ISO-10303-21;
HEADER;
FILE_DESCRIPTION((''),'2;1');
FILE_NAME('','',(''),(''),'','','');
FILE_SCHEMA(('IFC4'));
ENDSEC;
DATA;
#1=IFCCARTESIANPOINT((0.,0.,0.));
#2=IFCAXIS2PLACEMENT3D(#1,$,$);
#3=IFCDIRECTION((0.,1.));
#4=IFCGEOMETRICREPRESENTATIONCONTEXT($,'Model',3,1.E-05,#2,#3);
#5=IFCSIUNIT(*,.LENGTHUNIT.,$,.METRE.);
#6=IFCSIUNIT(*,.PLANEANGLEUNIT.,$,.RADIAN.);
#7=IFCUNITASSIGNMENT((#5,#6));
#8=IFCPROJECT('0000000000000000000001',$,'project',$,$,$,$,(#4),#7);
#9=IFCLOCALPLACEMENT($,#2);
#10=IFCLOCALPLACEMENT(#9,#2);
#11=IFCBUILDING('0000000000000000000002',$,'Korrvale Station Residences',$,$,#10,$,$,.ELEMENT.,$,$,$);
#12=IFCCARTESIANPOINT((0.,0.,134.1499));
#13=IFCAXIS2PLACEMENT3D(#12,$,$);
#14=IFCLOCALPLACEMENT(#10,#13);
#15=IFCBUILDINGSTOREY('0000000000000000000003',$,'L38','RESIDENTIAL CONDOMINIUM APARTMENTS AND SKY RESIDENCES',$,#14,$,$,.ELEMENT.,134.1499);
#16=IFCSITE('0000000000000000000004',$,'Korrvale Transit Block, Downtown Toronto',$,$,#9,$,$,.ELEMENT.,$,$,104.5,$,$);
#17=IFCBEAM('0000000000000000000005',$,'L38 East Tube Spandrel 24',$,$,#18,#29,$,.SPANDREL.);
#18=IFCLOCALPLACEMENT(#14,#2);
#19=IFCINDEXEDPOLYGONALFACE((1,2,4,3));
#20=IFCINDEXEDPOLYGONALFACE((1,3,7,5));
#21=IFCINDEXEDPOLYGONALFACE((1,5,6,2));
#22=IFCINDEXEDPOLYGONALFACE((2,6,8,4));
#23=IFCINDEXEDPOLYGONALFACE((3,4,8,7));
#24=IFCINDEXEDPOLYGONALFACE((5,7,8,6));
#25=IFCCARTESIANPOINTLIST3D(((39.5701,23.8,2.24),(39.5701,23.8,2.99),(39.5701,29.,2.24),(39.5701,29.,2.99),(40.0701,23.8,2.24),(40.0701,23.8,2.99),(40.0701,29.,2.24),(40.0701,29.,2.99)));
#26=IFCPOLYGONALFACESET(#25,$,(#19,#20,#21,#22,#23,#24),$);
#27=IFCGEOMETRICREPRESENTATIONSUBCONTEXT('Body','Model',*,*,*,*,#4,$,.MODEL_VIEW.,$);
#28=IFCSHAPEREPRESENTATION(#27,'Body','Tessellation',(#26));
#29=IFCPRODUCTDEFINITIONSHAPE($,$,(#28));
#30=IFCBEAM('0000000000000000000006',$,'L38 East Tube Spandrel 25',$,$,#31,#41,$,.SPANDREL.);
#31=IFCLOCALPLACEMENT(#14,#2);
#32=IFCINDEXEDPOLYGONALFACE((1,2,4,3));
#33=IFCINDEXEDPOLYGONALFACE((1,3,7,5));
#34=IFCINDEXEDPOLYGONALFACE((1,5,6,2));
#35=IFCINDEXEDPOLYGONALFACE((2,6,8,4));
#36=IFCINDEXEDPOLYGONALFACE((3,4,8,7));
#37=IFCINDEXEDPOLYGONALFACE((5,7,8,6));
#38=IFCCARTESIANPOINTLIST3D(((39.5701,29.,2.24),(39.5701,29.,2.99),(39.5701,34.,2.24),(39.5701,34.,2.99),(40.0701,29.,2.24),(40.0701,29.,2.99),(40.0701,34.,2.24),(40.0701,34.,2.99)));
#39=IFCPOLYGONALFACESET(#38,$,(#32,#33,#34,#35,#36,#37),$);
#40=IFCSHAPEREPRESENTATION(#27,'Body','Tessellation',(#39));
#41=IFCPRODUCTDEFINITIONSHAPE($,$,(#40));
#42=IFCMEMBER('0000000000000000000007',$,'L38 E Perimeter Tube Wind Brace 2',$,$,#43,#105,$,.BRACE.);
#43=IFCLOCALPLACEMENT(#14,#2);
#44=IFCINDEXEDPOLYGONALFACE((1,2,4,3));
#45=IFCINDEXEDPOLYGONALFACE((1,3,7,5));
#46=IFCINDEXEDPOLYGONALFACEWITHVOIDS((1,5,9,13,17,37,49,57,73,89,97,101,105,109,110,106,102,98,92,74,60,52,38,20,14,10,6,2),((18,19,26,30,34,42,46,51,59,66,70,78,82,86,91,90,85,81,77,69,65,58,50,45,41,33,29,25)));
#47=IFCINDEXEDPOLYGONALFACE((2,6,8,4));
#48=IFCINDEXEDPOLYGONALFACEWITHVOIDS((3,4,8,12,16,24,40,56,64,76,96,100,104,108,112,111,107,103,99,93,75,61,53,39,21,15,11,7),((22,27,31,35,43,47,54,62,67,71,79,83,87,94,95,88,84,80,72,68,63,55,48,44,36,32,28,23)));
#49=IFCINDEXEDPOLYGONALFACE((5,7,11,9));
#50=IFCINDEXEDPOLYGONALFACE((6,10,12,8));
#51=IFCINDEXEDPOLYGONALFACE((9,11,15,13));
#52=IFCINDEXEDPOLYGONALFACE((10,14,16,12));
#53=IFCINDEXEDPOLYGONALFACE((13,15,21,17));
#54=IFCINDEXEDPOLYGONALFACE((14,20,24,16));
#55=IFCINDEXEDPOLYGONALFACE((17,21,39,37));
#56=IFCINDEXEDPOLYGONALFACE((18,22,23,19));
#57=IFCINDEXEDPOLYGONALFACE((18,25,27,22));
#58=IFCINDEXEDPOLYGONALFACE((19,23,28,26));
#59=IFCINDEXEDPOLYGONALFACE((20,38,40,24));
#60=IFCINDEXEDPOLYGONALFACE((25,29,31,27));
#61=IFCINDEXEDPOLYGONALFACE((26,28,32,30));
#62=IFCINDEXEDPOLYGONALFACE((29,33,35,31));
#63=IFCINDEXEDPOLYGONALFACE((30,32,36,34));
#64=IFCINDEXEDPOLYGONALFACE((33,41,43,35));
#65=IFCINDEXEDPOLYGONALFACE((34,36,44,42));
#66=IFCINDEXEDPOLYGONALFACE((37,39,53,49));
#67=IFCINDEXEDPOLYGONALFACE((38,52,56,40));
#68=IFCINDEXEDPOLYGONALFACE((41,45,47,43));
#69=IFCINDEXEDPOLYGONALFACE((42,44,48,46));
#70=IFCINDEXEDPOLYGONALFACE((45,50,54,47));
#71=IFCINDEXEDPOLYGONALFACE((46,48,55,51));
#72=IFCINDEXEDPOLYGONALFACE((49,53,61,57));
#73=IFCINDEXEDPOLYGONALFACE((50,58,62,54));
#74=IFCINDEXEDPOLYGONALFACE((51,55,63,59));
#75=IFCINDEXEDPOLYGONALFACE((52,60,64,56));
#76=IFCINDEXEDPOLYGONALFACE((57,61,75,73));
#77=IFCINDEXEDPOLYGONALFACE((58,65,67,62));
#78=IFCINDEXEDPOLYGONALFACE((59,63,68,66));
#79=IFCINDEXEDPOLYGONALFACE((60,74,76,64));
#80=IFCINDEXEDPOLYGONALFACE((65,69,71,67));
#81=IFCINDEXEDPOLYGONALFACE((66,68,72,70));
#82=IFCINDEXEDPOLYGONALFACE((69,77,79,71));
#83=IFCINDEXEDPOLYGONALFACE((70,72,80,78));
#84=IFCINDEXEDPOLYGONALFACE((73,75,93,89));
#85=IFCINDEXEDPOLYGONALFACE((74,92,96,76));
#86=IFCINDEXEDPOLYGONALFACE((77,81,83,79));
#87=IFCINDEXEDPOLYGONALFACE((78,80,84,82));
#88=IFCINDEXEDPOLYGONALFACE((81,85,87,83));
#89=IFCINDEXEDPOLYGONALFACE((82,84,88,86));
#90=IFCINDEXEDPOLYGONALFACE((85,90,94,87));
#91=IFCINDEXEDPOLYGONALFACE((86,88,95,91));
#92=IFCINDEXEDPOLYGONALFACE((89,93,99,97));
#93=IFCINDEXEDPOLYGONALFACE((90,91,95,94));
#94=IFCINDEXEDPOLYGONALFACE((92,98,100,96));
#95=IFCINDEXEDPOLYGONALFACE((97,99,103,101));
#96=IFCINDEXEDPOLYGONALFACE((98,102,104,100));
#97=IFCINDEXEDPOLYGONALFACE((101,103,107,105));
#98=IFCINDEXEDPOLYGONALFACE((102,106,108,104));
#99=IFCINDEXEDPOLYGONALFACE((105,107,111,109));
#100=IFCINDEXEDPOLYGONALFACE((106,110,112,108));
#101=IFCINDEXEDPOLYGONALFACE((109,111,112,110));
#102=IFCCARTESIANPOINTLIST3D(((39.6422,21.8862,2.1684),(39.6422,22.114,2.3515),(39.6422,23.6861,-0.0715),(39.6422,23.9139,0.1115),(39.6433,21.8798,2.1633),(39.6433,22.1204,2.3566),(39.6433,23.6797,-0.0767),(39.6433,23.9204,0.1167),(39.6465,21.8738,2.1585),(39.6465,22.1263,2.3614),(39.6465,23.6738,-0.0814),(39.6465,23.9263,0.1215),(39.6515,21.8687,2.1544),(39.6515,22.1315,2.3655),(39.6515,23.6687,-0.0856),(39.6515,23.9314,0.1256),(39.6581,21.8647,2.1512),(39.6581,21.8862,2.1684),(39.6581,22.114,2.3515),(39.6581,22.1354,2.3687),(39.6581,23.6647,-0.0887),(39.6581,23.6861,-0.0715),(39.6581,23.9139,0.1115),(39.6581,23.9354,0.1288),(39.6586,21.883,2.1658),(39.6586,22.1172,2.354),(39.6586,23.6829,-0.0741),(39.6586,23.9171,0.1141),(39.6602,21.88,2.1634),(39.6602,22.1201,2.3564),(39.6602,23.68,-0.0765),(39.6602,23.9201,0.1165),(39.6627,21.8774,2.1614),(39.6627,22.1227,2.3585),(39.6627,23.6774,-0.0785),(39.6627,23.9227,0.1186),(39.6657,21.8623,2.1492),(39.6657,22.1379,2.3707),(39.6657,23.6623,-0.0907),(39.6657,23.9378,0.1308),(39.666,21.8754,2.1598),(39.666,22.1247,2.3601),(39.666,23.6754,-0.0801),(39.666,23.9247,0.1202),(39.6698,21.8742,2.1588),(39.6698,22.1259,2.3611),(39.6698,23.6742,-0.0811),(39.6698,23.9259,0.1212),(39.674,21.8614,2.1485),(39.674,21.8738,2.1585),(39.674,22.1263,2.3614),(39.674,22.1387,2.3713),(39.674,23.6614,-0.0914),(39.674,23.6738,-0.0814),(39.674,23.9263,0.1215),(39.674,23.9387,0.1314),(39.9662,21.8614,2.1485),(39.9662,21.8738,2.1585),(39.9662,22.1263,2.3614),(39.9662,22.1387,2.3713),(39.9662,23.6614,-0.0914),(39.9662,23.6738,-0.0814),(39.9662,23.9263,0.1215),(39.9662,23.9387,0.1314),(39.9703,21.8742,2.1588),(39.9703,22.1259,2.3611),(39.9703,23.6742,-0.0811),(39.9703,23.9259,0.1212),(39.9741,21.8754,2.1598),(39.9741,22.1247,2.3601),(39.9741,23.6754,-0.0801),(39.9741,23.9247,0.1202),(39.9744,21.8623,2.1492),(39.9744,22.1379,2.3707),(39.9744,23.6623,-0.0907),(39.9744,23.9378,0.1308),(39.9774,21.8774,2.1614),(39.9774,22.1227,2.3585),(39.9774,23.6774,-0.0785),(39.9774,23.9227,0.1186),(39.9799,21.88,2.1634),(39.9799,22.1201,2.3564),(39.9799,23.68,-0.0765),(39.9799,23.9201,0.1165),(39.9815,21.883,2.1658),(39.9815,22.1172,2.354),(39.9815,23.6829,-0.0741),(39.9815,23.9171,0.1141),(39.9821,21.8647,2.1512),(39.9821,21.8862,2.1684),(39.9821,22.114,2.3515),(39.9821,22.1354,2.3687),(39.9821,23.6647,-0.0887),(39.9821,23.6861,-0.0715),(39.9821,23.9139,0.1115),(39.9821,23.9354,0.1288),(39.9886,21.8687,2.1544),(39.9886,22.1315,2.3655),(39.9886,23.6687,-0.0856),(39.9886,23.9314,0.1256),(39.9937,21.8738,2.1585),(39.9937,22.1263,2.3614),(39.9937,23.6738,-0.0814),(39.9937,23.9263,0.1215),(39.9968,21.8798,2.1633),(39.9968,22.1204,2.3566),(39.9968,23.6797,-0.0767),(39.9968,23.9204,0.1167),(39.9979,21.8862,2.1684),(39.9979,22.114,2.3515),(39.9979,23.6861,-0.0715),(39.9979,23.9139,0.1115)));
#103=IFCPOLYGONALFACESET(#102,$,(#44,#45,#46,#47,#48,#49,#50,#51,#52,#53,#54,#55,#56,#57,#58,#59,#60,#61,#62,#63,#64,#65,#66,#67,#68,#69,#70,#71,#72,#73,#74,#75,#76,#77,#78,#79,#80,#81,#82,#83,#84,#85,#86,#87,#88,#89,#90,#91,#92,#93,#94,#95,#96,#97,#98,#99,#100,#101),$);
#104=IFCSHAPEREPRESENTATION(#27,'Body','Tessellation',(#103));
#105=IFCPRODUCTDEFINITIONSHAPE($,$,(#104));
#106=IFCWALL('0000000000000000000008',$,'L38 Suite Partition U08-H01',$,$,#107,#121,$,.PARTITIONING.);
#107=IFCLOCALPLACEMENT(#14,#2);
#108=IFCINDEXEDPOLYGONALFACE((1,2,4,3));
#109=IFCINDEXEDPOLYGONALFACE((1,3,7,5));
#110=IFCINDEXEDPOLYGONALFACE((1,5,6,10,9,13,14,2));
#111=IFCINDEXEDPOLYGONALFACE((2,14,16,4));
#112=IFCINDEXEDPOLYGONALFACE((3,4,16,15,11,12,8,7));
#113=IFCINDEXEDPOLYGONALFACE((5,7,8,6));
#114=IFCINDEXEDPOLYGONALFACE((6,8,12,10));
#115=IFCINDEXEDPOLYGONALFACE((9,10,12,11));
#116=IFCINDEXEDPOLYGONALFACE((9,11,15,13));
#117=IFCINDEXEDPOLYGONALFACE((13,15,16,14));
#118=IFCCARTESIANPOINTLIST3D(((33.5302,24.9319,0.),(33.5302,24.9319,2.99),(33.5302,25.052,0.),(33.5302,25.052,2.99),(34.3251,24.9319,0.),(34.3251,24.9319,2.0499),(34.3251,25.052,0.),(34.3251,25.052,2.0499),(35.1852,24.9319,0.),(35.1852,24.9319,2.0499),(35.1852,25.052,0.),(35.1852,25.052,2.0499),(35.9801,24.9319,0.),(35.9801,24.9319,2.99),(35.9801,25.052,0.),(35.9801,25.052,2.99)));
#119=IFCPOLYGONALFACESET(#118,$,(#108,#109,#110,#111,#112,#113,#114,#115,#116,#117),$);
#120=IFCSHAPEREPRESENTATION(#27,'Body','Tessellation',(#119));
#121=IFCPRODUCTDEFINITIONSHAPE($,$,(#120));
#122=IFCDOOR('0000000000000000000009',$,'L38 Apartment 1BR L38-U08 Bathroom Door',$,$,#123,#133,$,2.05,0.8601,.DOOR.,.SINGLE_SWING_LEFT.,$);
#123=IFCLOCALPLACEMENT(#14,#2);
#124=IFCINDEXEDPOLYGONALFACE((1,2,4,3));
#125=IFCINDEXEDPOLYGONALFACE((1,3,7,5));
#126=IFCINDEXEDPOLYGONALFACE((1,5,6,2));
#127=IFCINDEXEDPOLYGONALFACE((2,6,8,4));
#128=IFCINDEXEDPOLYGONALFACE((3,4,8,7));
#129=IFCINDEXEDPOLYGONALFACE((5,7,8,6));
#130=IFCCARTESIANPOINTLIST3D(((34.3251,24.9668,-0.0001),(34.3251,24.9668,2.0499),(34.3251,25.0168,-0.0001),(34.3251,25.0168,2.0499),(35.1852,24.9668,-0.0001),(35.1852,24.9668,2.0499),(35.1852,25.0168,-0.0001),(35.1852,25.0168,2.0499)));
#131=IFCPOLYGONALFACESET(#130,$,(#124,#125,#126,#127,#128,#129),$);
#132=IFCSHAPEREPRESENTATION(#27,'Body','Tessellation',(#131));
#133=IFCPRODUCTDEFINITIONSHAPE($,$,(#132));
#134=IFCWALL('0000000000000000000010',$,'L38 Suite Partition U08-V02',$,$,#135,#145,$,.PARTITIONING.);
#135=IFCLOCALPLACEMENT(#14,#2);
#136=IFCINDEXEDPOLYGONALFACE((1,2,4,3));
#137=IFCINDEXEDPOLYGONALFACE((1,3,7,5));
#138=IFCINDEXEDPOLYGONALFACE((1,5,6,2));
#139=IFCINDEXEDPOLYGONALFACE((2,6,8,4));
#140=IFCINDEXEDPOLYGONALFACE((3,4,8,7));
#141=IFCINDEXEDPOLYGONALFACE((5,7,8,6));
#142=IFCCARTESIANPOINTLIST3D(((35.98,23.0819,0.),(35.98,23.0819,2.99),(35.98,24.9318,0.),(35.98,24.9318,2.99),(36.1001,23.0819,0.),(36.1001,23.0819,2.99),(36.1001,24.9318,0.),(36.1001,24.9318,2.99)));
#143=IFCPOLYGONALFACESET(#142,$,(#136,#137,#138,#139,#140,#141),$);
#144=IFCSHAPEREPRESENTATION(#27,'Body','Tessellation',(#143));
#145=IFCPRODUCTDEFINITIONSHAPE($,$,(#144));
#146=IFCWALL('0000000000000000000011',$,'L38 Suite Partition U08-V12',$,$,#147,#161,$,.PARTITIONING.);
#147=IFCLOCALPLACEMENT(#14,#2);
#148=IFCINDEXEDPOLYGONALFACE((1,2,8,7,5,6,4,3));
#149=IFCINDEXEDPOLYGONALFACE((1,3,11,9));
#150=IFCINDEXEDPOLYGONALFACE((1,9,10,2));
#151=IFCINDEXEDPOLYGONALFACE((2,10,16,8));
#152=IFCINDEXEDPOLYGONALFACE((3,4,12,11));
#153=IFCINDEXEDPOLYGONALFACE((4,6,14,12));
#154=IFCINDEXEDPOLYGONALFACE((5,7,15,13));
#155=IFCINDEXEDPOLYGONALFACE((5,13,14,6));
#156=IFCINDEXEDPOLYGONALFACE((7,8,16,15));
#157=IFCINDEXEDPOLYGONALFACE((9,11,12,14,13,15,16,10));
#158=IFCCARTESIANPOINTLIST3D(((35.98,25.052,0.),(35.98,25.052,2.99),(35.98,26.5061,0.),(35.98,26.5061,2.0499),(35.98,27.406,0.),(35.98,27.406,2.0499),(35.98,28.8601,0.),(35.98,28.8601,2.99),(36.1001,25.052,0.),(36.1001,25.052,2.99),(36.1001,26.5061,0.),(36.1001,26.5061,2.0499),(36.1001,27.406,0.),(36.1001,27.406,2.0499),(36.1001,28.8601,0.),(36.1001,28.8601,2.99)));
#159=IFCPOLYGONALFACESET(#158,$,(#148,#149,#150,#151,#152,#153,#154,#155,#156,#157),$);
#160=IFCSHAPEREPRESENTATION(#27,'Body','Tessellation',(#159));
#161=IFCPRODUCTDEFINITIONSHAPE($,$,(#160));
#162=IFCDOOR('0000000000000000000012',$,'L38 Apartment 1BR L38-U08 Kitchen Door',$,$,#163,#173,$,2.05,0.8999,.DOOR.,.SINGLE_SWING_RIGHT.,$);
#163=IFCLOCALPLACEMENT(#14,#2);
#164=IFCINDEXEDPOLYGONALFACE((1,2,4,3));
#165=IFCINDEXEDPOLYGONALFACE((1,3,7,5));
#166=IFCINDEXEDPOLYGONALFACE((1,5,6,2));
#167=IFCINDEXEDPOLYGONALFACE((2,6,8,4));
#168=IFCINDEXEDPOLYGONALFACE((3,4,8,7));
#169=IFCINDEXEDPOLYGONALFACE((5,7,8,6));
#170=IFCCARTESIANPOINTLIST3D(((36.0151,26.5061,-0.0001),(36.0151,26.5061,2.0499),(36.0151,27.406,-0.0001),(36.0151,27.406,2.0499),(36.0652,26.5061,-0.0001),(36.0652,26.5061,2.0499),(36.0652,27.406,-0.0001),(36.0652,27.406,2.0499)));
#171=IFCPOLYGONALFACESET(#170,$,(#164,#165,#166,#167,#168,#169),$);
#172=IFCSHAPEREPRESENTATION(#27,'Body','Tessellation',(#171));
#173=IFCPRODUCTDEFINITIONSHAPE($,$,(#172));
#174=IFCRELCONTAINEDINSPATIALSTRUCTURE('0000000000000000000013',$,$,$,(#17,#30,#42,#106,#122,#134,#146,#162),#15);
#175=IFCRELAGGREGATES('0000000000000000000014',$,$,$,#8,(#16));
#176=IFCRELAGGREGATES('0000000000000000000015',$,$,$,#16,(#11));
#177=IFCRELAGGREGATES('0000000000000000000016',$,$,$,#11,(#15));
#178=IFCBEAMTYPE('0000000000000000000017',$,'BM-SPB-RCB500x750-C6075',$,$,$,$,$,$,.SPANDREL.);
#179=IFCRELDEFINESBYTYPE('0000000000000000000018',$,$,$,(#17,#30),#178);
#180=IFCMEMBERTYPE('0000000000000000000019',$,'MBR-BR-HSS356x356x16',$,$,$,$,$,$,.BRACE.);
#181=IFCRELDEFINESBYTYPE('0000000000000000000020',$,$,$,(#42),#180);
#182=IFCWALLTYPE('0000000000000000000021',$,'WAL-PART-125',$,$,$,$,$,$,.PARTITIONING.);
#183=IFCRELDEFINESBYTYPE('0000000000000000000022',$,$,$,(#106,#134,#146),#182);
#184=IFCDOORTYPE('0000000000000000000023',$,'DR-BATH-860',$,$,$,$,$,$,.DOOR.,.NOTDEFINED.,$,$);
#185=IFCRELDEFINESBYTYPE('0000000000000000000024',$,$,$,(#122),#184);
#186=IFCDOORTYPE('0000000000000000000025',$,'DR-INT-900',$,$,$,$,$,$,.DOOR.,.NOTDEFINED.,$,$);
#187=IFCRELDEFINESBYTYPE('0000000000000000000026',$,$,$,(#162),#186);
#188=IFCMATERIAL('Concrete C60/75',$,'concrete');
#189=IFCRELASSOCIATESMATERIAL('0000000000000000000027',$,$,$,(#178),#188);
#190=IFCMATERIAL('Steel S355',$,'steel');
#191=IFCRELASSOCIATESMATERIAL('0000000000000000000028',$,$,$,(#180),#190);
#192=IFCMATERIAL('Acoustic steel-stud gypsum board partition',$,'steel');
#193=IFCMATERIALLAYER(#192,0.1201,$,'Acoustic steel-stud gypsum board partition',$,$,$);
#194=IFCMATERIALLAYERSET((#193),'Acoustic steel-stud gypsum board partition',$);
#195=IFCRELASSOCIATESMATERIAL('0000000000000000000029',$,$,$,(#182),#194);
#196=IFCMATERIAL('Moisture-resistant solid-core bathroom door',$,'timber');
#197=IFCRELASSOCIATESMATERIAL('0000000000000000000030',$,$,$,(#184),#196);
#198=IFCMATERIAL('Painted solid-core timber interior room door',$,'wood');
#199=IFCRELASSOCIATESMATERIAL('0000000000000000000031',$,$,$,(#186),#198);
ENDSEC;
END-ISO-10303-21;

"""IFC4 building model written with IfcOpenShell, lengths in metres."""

from ifc_helpers import new_model, si_unit, direction, frame, frame_2d, origin, origin_2d, place, context, subcontext, project, spatial, rectangle, hollow_rectangle, extrude, material, layer, layer_set, material_profile, profile_set, type_object, element, fill, save


model = new_model("IFC4")

# Units and contexts
model_context = context("Model", 3, precision=1e-05, world=origin(), true_north=direction((0.0, 1.0)))
body_context = subcontext(model_context, "Body", "Model", "MODEL_VIEW")
ifc_project = project(units=[si_unit("LENGTHUNIT", "METRE"), si_unit("PLANEANGLEUNIT", "RADIAN")], contexts=[model_context])

# Site, building, storey
site_placement = place(None, origin())
site = spatial("IfcSite", under=ifc_project, at=site_placement, Name="Korrvale Transit Block, Downtown Toronto", CompositionType="ELEMENT", RefElevation=104.5)
building_placement = place(site_placement, origin())
building = spatial("IfcBuilding", under=site, at=building_placement, Name="Korrvale Station Residences", CompositionType="ELEMENT")
storey_placement = place(building_placement, frame((0.0, 0.0, 134.1499)))
storey = spatial("IfcBuildingStorey", under=building, at=storey_placement, Name="L38", Description="RESIDENTIAL CONDOMINIUM APARTMENTS AND SKY RESIDENCES", CompositionType="ELEMENT", Elevation=134.1499)

# Shared definitions
ifc_material_1 = material(Name="Concrete C60/75", Category="concrete")

# Beams
ifc_material_2 = material(Name="Steel S355", Category="steel")
ifc_material_profile_1 = material_profile(ifc_material_1, rectangle(XDim=0.5, YDim=0.75, at=origin_2d()), Name="RCB500x750")
ifc_profile_set_1 = profile_set([ifc_material_profile_1], Name="Concrete C60/75")
beam_type_1 = type_object("IfcBeamType", Name="BM-SPB-RCB500x750-C6075", PredefinedType="SPANDREL", material=ifc_profile_set_1)
beam_1_placement = place(storey_placement, frame((39.8201, 23.8, 2.615), z_axis=(0.0, 1.0, 0.0), x_axis=(-1.0, 0.0, 0.0)))
element("IfcBeam", 1, at=beam_1_placement, inside=storey, type_object=beam_type_1, Name="L38 East Tube Spandrel 24", PredefinedType="SPANDREL", context=body_context, shape_type="SweptSolid", body=[
    extrude(rectangle(XDim=0.5, YDim=0.75, at=origin_2d()), origin(), (0.0, 0.0, 1.0), 5.2),
])
beam_2_placement = place(storey_placement, frame((39.8201, 29.0, 2.615), z_axis=(0.0, 1.0, 0.0), x_axis=(-1.0, 0.0, 0.0)))
element("IfcBeam", 2, at=beam_2_placement, inside=storey, type_object=beam_type_1, Name="L38 East Tube Spandrel 25", PredefinedType="SPANDREL", context=body_context, shape_type="SweptSolid", body=[
    extrude(rectangle(XDim=0.5, YDim=0.75, at=origin_2d()), origin(), (0.0, 0.0, 1.0), 5.0),
])

# Member
ifc_material_profile_2 = material_profile(ifc_material_2, hollow_rectangle(XDim=0.3557, YDim=0.3557, WallThickness=0.0159, InnerFilletRadius=0.0159, OuterFilletRadius=0.0317, at=origin_2d()), Name="HSS356x356x16")
ifc_profile_set_2 = profile_set([ifc_material_profile_2], Name="Steel S355")
member_type = type_object("IfcMemberType", Name="MBR-BR-HSS356x356x16", PredefinedType="BRACE", material=ifc_profile_set_2)
member_placement = place(storey_placement, frame((39.8201, 23.8, 0.02), z_axis=(0.0, -0.626403, 0.779499), x_axis=(1.0, 0.0, 0.0)))
element("IfcMember", 3, at=member_placement, inside=storey, type_object=member_type, Name="L38 E Perimeter Tube Wind Brace 2", PredefinedType="BRACE", context=body_context, shape_type="SweptSolid", body=[
    extrude(hollow_rectangle(XDim=0.3557, YDim=0.3557, WallThickness=0.0159, InnerFilletRadius=0.0159, OuterFilletRadius=0.0317, at=origin_2d()), origin(), (0.0, 0.0, 1.0), 2.8735),
])

# Wall, opening, door
ifc_material_3 = material(Name="Acoustic steel-stud gypsum board partition", Category="steel")
ifc_layer_1 = layer(ifc_material_3, 0.1201, Name="Acoustic steel-stud gypsum board partition")
ifc_layer_set_1 = layer_set([ifc_layer_1], Name="Acoustic steel-stud gypsum board partition")
wall_type_1 = type_object("IfcWallType", Name="WAL-PART-125", PredefinedType="PARTITIONING", material=ifc_layer_set_1)
wall_1_placement = place(storey_placement, frame((33.53, 24.9919, 0.0), z_axis=(0.0, 0.0, 1.0), x_axis=(1.0, 0.0, 0.0)))
wall_1 = element("IfcWall", 4, at=wall_1_placement, inside=storey, type_object=wall_type_1, Name="L38 Suite Partition U08-H01", PredefinedType="PARTITIONING", context=body_context, shape_type="SweptSolid", body=[
    extrude(rectangle(XDim=2.45, YDim=0.1201, at=frame_2d((1.2251, 0.0))), origin(), (0.0, 0.0, 1.0), 2.99),
])
opening_1_placement = place(wall_1_placement, frame((0.7949, 0.0, 0.0)))
opening_1 = element("IfcOpeningElement", 5, at=opening_1_placement, cuts=wall_1, PredefinedType="OPENING", context=body_context, shape_type="SweptSolid", body=[
    extrude(rectangle(XDim=0.8601, YDim=2.05, at=frame_2d((0.4302, 1.0249))), frame((0.0, 0.0701, 0.0), z_axis=(0.0, -1.0, 0.0), x_axis=(1.0, 0.0, 0.0)), (0.0, 0.0, 1.0), 0.1401),
])
ifc_material_4 = material(Name="Moisture-resistant solid-core bathroom door", Category="timber")
door_type_1 = type_object("IfcDoorType", Name="DR-BATH-860", OperationType="NOTDEFINED", PredefinedType="DOOR", material=ifc_material_4)
door_1_placement = place(opening_1_placement, origin())
door_1 = element("IfcDoor", 6, at=door_1_placement, inside=storey, type_object=door_type_1, Name="L38 Apartment 1BR L38-U08 Bathroom Door", OperationType="SINGLE_SWING_LEFT", OverallHeight=2.05, OverallWidth=0.8601, PredefinedType="DOOR", context=body_context, shape_type="SweptSolid", body=[
    extrude(rectangle(XDim=0.8601, YDim=2.05, at=frame_2d((0.4302, 1.0249))), frame((0.0, 0.0249, 0.0), z_axis=(0.0, -1.0, 0.0), x_axis=(1.0, 0.0, 0.0)), (0.0, 0.0, 1.0), 0.05),
])
fill(opening_1, door_1)

# Wall
wall_2_placement = place(storey_placement, frame((36.04, 23.082, 0.0), z_axis=(0.0, 0.0, 1.0), x_axis=(0.0, 1.0, 0.0)))
element("IfcWall", 7, at=wall_2_placement, inside=storey, type_object=wall_type_1, Name="L38 Suite Partition U08-V02", PredefinedType="PARTITIONING", context=body_context, shape_type="SweptSolid", body=[
    extrude(rectangle(XDim=1.8499, YDim=0.1201, at=frame_2d((0.9248, 0.0))), origin(), (0.0, 0.0, 1.0), 2.99),
])

# Wall, opening, door
wall_3_placement = place(storey_placement, frame((36.04, 25.052, 0.0), z_axis=(0.0, 0.0, 1.0), x_axis=(0.0, 1.0, 0.0)))
wall_3 = element("IfcWall", 8, at=wall_3_placement, inside=storey, type_object=wall_type_1, Name="L38 Suite Partition U08-V12", PredefinedType="PARTITIONING", context=body_context, shape_type="SweptSolid", body=[
    extrude(rectangle(XDim=3.8081, YDim=0.1201, at=frame_2d((1.9041, 0.0))), origin(), (0.0, 0.0, 1.0), 2.99),
])
opening_2_placement = place(wall_3_placement, frame((1.4541, 0.0, 0.0)))
opening_2 = element("IfcOpeningElement", 9, at=opening_2_placement, cuts=wall_3, PredefinedType="OPENING", context=body_context, shape_type="SweptSolid", body=[
    extrude(rectangle(XDim=0.8999, YDim=2.05, at=frame_2d((0.45, 1.0249))), frame((0.0, 0.0701, 0.0), z_axis=(0.0, -1.0, 0.0), x_axis=(1.0, 0.0, 0.0)), (0.0, 0.0, 1.0), 0.1401),
])
ifc_material_5 = material(Name="Painted solid-core timber interior room door", Category="wood")
door_type_2 = type_object("IfcDoorType", Name="DR-INT-900", OperationType="NOTDEFINED", PredefinedType="DOOR", material=ifc_material_5)
door_2_placement = place(opening_2_placement, origin())
door_2 = element("IfcDoor", 10, at=door_2_placement, inside=storey, type_object=door_type_2, Name="L38 Apartment 1BR L38-U08 Kitchen Door", OperationType="SINGLE_SWING_RIGHT", OverallHeight=2.05, OverallWidth=0.8999, PredefinedType="DOOR", context=body_context, shape_type="SweptSolid", body=[
    extrude(rectangle(XDim=0.8999, YDim=2.05, at=frame_2d((0.45, 1.0249))), frame((0.0, 0.0249, 0.0), z_axis=(0.0, -1.0, 0.0), x_axis=(1.0, 0.0, 0.0)), (0.0, 0.0, 1.0), 0.05),
])
fill(opening_2, door_2)

save(model, "model.ifc")
